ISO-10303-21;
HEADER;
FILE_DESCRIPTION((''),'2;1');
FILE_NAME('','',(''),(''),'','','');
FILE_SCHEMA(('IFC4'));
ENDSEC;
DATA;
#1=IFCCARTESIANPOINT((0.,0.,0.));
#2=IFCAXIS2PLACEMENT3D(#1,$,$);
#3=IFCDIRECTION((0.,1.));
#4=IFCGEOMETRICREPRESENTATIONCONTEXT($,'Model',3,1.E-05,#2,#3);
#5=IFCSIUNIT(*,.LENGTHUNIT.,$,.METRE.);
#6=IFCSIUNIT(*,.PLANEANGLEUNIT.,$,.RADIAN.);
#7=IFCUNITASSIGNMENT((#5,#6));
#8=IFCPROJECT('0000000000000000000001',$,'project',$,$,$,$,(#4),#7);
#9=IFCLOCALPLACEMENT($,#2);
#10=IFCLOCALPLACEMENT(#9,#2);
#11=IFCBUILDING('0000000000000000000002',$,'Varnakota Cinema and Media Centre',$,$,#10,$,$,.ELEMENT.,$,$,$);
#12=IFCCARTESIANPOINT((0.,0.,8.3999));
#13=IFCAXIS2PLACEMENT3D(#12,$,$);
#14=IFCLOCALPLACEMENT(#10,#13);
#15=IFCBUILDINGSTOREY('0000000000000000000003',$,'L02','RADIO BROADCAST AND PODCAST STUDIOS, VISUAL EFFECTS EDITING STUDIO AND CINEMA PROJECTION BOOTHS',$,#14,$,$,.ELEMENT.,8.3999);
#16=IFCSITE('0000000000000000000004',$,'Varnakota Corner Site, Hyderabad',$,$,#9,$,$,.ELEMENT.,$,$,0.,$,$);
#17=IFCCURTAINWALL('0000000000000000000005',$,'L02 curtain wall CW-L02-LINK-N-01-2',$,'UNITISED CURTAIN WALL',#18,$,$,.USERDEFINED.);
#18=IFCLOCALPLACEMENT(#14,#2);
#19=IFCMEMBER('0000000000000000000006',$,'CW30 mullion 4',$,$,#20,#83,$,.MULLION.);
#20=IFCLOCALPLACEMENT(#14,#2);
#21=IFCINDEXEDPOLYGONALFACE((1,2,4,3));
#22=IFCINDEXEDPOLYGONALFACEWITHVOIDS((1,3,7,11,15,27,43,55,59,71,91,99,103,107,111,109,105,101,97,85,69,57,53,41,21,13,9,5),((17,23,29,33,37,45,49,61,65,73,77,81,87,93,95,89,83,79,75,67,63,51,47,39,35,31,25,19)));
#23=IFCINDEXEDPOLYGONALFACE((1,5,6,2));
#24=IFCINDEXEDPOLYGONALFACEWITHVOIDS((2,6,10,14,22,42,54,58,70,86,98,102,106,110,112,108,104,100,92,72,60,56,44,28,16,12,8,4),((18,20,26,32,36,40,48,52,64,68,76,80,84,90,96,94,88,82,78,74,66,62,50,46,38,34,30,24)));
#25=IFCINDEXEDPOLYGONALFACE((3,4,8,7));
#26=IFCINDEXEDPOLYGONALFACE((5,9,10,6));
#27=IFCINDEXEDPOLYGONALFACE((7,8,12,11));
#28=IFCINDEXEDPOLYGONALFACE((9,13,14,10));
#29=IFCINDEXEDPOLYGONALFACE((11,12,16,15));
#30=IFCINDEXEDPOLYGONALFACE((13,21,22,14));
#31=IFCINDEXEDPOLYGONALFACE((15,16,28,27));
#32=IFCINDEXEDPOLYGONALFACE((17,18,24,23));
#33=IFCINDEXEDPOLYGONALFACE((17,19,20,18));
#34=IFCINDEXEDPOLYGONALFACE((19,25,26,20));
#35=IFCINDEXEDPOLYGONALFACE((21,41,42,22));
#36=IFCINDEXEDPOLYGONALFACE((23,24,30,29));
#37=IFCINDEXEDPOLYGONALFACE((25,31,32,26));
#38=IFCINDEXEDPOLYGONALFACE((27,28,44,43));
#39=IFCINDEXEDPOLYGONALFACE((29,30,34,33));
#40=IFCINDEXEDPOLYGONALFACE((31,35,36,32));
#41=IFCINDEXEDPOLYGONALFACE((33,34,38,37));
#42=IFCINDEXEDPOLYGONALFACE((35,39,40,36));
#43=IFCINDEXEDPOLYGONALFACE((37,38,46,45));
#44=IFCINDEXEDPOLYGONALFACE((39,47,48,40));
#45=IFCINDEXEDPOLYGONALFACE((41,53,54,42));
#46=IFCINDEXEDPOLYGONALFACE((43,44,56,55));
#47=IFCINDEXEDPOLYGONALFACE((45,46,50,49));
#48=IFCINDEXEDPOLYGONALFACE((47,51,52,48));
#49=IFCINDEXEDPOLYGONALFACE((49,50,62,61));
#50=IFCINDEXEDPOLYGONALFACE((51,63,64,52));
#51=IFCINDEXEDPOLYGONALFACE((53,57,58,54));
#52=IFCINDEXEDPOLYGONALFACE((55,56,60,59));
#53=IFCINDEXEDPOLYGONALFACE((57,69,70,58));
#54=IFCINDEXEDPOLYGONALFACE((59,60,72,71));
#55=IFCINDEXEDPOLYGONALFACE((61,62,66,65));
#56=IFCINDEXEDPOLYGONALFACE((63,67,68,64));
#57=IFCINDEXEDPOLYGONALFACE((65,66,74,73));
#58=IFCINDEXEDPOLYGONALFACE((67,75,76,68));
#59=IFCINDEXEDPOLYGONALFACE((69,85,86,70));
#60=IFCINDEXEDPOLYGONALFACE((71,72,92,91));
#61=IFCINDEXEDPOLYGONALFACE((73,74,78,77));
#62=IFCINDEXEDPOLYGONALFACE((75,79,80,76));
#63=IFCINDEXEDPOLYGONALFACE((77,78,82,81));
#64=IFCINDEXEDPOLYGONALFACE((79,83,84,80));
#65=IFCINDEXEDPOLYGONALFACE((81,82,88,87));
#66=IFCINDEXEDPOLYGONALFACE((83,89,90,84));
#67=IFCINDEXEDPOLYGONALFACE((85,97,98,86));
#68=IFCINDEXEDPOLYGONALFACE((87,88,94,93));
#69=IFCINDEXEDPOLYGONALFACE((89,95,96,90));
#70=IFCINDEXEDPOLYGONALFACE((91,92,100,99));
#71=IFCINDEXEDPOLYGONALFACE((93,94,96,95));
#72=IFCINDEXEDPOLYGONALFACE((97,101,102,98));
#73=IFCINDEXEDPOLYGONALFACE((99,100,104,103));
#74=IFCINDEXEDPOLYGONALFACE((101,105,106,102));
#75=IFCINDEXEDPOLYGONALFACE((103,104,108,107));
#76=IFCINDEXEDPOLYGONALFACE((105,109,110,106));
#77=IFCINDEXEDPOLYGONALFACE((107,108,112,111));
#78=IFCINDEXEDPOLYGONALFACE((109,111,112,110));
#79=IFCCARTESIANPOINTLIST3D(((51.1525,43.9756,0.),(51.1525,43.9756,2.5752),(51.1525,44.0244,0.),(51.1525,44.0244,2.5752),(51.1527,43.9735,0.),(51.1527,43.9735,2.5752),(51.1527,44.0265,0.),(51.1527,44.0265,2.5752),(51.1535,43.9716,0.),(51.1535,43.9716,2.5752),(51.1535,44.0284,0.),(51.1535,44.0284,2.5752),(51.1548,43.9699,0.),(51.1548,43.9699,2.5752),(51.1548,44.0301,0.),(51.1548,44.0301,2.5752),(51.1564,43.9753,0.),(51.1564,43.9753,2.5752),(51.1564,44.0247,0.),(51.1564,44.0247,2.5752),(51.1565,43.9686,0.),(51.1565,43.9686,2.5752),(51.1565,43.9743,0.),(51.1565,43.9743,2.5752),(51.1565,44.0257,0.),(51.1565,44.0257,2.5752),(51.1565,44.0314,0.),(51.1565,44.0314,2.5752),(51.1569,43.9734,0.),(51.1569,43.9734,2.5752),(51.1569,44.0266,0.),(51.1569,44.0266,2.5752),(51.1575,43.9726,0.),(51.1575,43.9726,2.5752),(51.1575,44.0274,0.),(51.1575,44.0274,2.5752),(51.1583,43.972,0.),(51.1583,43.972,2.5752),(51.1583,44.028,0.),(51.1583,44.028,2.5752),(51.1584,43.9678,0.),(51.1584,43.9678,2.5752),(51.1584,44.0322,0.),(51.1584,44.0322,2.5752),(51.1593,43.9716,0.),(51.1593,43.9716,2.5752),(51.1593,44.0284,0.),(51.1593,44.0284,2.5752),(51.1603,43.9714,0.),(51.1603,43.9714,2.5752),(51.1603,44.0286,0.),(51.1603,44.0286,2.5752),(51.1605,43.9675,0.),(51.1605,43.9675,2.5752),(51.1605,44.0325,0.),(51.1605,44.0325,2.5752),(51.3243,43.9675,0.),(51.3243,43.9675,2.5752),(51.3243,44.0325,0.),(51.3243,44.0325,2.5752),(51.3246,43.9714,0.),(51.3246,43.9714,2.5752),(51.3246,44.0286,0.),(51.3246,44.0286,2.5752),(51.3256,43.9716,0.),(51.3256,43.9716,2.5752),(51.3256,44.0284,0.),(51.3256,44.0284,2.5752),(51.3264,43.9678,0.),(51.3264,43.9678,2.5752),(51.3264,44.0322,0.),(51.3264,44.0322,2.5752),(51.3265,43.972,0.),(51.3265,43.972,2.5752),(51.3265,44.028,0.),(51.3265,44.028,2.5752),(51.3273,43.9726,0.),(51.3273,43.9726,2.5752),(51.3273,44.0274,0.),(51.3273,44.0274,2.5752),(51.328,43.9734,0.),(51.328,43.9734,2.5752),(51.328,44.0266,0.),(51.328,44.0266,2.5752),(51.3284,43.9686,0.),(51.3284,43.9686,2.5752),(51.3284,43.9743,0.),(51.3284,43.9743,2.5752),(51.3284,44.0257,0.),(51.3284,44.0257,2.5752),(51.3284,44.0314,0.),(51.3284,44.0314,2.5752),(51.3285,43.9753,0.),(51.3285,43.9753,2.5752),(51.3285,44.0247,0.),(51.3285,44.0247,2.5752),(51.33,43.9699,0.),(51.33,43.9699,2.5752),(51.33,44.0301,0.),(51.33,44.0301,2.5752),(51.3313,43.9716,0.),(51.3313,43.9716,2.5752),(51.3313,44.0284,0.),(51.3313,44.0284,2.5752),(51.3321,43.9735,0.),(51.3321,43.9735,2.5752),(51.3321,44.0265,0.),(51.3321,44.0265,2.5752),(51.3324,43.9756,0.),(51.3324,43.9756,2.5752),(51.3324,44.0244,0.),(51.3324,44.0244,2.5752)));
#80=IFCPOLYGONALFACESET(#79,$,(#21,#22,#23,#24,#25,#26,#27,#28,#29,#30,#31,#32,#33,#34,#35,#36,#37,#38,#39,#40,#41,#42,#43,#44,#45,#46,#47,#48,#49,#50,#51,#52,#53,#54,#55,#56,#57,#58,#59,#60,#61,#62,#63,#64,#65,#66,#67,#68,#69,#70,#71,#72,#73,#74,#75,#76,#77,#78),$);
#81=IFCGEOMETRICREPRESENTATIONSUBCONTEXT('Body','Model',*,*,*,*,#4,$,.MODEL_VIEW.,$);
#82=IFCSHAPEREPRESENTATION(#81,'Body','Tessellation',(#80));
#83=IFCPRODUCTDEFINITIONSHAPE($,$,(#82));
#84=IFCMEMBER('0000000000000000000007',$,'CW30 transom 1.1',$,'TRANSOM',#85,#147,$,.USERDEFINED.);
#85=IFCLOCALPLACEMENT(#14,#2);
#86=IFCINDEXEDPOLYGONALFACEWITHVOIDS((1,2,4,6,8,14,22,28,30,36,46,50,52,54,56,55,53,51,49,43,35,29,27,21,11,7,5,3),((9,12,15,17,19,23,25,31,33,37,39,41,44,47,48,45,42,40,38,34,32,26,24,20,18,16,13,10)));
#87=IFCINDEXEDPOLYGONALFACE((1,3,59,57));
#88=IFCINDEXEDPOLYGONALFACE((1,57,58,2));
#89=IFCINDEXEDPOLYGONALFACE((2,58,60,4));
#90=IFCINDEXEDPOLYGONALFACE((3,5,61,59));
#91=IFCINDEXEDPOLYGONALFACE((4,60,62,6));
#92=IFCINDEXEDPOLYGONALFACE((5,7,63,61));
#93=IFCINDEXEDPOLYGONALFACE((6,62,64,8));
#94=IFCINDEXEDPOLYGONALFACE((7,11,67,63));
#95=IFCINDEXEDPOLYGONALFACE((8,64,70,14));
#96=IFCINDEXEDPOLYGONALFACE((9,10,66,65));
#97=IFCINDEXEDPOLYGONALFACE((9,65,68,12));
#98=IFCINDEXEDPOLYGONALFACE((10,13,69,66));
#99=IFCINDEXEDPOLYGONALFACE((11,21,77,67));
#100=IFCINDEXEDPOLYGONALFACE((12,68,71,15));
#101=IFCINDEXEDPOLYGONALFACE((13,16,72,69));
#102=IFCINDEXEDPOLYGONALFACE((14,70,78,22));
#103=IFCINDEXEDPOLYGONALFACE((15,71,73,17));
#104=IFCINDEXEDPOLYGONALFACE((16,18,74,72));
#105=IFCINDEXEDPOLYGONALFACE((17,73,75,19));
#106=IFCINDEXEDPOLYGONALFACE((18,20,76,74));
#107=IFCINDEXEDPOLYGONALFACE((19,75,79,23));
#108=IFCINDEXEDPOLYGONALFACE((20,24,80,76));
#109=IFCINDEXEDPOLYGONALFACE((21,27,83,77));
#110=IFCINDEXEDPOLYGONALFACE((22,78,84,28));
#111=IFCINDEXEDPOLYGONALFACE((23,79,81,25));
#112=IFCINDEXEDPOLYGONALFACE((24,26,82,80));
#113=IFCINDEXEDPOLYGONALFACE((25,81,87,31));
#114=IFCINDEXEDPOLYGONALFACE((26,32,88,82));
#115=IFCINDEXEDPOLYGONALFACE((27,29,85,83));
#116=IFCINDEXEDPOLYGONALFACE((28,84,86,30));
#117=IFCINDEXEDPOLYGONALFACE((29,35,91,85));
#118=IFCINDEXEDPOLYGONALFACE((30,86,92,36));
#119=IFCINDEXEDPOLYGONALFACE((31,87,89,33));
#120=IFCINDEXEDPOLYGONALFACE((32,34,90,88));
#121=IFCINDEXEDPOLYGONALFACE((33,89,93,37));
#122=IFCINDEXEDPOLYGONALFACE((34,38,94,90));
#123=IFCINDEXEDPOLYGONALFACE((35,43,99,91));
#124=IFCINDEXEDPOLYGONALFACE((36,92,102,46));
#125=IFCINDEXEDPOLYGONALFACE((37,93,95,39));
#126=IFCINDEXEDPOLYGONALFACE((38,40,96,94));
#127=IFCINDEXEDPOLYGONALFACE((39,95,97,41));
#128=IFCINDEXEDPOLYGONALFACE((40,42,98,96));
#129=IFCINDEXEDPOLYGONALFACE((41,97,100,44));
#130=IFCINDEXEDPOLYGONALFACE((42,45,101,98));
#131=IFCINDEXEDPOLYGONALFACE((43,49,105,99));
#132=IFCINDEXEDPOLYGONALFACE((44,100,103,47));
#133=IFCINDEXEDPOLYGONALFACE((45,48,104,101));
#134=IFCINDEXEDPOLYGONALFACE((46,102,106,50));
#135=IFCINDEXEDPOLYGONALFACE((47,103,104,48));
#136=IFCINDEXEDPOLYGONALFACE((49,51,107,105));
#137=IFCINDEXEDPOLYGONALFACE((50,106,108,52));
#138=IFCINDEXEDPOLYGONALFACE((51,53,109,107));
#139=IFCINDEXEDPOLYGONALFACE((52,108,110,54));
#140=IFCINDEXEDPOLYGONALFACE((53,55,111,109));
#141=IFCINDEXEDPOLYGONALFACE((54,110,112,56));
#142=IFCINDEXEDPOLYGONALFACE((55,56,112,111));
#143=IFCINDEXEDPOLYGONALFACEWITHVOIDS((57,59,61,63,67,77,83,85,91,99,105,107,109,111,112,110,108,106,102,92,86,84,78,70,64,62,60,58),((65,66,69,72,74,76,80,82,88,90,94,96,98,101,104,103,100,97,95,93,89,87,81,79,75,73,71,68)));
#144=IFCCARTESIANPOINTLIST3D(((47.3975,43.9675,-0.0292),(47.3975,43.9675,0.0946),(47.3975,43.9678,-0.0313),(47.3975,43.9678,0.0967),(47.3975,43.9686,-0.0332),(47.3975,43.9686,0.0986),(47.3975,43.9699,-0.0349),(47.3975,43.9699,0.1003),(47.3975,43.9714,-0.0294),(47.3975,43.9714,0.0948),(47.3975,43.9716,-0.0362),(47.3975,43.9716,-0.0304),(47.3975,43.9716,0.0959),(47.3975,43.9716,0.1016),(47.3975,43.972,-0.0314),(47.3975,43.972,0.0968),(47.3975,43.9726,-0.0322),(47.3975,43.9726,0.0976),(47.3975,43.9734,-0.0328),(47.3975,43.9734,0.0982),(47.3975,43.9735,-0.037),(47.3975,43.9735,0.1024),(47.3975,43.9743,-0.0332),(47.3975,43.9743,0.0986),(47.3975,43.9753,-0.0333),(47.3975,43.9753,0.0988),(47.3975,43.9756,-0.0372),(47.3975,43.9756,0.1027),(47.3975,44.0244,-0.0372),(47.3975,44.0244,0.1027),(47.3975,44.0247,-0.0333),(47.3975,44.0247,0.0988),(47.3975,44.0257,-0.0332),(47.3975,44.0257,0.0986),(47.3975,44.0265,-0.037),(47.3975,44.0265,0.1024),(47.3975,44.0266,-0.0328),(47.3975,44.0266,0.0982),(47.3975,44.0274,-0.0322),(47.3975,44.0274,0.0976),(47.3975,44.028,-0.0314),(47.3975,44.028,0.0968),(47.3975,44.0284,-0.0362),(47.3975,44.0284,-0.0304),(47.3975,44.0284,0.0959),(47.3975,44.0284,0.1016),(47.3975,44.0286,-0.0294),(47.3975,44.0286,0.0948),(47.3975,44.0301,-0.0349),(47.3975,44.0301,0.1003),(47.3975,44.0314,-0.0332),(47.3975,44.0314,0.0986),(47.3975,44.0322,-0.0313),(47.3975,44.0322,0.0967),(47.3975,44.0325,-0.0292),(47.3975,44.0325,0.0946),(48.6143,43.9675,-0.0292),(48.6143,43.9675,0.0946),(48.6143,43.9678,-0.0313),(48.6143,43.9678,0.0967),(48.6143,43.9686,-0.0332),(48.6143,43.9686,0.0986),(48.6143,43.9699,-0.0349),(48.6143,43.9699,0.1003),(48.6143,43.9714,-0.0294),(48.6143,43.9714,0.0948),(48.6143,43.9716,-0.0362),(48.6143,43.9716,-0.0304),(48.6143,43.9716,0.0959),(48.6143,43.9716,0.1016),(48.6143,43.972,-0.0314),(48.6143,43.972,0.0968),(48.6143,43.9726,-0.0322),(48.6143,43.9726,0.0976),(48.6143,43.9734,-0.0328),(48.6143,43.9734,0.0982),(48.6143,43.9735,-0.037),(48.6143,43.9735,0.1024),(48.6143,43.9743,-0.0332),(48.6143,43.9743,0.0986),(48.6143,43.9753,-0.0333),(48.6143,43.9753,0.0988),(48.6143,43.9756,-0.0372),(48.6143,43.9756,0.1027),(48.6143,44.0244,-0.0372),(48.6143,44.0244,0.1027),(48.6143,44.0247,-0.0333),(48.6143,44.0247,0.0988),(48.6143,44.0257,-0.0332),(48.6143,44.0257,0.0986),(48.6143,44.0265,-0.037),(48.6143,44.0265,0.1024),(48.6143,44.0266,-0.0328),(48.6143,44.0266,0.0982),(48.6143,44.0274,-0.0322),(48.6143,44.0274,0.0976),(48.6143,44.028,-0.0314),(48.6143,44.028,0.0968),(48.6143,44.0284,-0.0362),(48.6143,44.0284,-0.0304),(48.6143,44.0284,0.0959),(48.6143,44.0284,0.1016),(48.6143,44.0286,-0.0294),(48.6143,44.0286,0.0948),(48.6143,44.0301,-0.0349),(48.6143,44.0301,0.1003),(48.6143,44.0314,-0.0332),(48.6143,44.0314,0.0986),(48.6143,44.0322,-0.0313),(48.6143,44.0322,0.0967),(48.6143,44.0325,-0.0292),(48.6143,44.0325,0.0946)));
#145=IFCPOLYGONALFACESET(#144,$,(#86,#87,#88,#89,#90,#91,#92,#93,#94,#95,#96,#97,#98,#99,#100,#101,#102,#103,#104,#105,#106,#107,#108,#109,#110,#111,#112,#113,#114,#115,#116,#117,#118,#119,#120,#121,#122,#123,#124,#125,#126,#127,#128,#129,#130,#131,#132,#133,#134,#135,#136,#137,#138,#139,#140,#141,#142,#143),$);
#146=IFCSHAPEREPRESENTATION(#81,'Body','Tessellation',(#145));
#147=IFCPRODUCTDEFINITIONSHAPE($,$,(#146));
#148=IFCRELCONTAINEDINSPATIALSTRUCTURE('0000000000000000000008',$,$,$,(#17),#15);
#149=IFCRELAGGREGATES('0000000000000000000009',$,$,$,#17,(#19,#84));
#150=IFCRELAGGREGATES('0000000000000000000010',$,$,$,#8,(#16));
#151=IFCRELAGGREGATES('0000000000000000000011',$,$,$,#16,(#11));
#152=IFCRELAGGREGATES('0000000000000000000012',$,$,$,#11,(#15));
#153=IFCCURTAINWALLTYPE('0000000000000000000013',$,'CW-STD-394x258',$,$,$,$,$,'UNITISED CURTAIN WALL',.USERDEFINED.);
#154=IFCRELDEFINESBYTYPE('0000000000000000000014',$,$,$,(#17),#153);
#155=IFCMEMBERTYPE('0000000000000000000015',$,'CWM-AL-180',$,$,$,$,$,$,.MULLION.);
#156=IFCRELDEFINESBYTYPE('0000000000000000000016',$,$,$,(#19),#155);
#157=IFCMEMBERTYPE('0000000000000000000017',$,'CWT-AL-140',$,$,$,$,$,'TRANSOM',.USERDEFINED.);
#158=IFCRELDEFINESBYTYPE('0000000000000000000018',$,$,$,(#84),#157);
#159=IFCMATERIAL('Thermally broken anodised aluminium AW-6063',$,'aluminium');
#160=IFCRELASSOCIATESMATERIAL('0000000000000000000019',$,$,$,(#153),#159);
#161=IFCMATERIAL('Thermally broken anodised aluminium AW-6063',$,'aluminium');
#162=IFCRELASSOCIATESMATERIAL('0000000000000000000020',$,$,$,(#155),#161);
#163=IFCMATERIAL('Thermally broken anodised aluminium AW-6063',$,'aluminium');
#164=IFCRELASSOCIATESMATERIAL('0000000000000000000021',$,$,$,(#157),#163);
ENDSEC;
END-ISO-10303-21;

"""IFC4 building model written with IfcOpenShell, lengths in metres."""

from ifc_helpers import new_model, si_unit, direction, frame, origin, origin_2d, place, context, subcontext, project, spatial, hollow_rectangle, extrude, material, material_profile, profile_set, type_object, element, aggregate, save


model = new_model("IFC4")

# Units and contexts
model_context = context("Model", 3, precision=1e-05, world=origin(), true_north=direction((0.0, 1.0)))
body_context = subcontext(model_context, "Body", "Model", "MODEL_VIEW")
ifc_project = project(units=[si_unit("LENGTHUNIT", "METRE"), si_unit("PLANEANGLEUNIT", "RADIAN")], contexts=[model_context])

# Site, building, storey
site_placement = place(None, origin())
site = spatial("IfcSite", under=ifc_project, at=site_placement, Name="Varnakota Corner Site, Hyderabad", CompositionType="ELEMENT", RefElevation=0.0)
building_placement = place(site_placement, origin())
building = spatial("IfcBuilding", under=site, at=building_placement, Name="Varnakota Cinema and Media Centre", CompositionType="ELEMENT")
storey_placement = place(building_placement, frame((0.0, 0.0, 8.3999)))
storey = spatial("IfcBuildingStorey", under=building, at=storey_placement, Name="L02", Description="RADIO BROADCAST AND PODCAST STUDIOS, VISUAL EFFECTS EDITING STUDIO AND CINEMA PROJECTION BOOTHS", CompositionType="ELEMENT", Elevation=8.3999)

# Shared definitions
ifc_material_1 = material(Name="Thermally broken anodised aluminium AW-6063", Category="aluminium")
curtain_wall_type = type_object("IfcCurtainWallType", Name="CW-STD-394x258", ElementType="UNITISED CURTAIN WALL", PredefinedType="USERDEFINED", material=ifc_material_1)
ifc_material_2 = material(Name="Thermally broken anodised aluminium AW-6063", Category="aluminium")
ifc_material_profile_1 = material_profile(ifc_material_2, hollow_rectangle(XDim=0.0649, YDim=0.1799, WallThickness=0.0039, InnerFilletRadius=0.0039, OuterFilletRadius=0.0081, at=origin_2d()), Name="AL-MULLION 180x65x4")
ifc_profile_set_1 = profile_set([ifc_material_profile_1], Name="Thermally broken anodised aluminium AW-6063")
member_type_1 = type_object("IfcMemberType", Name="CWM-AL-180", PredefinedType="MULLION", material=ifc_profile_set_1)

# Curtain wall, members
curtain_wall_1_placement = place(storey_placement, origin())
curtain_wall_1 = element("IfcCurtainWall", 1, at=curtain_wall_1_placement, inside=storey, type_object=curtain_wall_type, Name="L02 curtain wall CW-L02-LINK-N-01-2", ObjectType="UNITISED CURTAIN WALL", PredefinedType="USERDEFINED")
member_1_placement = place(storey_placement, frame((51.2424, 44.0, 0.0), z_axis=(0.0, 0.0, 1.0), x_axis=(0.0, 1.0, 0.0)))
member_1 = element("IfcMember", 2, at=member_1_placement, type_object=member_type_1, Name="CW30 mullion 4", PredefinedType="MULLION", context=body_context, shape_type="SweptSolid", body=[
    extrude(hollow_rectangle(XDim=0.0649, YDim=0.1799, WallThickness=0.0039, InnerFilletRadius=0.0039, OuterFilletRadius=0.0081, at=origin_2d()), origin(), (0.0, 0.0, 1.0), 2.5752),
])
ifc_material_3 = material(Name="Thermally broken anodised aluminium AW-6063", Category="aluminium")
ifc_material_profile_2 = material_profile(ifc_material_3, hollow_rectangle(XDim=0.0649, YDim=0.1399, WallThickness=0.0039, InnerFilletRadius=0.0039, OuterFilletRadius=0.0081, at=origin_2d()), Name="AL-TRANSOM 140x65x4")
ifc_profile_set_2 = profile_set([ifc_material_profile_2], Name="Thermally broken anodised aluminium AW-6063")
member_type_2 = type_object("IfcMemberType", Name="CWT-AL-140", ElementType="TRANSOM", PredefinedType="USERDEFINED", material=ifc_profile_set_2)
member_2_placement = place(storey_placement, frame((47.3975, 44.0, 0.0327), z_axis=(1.0, 0.0, 0.0), x_axis=(0.0, 1.0, 0.0)))
member_2 = element("IfcMember", 3, at=member_2_placement, type_object=member_type_2, Name="CW30 transom 1.1", ObjectType="TRANSOM", PredefinedType="USERDEFINED", context=body_context, shape_type="SweptSolid", body=[
    extrude(hollow_rectangle(XDim=0.0649, YDim=0.1399, WallThickness=0.0039, InnerFilletRadius=0.0039, OuterFilletRadius=0.0081, at=origin_2d()), origin(), (0.0, 0.0, 1.0), 1.2168),
])

aggregate(curtain_wall_1, [member_1, member_2])

save(model, "model.ifc")
